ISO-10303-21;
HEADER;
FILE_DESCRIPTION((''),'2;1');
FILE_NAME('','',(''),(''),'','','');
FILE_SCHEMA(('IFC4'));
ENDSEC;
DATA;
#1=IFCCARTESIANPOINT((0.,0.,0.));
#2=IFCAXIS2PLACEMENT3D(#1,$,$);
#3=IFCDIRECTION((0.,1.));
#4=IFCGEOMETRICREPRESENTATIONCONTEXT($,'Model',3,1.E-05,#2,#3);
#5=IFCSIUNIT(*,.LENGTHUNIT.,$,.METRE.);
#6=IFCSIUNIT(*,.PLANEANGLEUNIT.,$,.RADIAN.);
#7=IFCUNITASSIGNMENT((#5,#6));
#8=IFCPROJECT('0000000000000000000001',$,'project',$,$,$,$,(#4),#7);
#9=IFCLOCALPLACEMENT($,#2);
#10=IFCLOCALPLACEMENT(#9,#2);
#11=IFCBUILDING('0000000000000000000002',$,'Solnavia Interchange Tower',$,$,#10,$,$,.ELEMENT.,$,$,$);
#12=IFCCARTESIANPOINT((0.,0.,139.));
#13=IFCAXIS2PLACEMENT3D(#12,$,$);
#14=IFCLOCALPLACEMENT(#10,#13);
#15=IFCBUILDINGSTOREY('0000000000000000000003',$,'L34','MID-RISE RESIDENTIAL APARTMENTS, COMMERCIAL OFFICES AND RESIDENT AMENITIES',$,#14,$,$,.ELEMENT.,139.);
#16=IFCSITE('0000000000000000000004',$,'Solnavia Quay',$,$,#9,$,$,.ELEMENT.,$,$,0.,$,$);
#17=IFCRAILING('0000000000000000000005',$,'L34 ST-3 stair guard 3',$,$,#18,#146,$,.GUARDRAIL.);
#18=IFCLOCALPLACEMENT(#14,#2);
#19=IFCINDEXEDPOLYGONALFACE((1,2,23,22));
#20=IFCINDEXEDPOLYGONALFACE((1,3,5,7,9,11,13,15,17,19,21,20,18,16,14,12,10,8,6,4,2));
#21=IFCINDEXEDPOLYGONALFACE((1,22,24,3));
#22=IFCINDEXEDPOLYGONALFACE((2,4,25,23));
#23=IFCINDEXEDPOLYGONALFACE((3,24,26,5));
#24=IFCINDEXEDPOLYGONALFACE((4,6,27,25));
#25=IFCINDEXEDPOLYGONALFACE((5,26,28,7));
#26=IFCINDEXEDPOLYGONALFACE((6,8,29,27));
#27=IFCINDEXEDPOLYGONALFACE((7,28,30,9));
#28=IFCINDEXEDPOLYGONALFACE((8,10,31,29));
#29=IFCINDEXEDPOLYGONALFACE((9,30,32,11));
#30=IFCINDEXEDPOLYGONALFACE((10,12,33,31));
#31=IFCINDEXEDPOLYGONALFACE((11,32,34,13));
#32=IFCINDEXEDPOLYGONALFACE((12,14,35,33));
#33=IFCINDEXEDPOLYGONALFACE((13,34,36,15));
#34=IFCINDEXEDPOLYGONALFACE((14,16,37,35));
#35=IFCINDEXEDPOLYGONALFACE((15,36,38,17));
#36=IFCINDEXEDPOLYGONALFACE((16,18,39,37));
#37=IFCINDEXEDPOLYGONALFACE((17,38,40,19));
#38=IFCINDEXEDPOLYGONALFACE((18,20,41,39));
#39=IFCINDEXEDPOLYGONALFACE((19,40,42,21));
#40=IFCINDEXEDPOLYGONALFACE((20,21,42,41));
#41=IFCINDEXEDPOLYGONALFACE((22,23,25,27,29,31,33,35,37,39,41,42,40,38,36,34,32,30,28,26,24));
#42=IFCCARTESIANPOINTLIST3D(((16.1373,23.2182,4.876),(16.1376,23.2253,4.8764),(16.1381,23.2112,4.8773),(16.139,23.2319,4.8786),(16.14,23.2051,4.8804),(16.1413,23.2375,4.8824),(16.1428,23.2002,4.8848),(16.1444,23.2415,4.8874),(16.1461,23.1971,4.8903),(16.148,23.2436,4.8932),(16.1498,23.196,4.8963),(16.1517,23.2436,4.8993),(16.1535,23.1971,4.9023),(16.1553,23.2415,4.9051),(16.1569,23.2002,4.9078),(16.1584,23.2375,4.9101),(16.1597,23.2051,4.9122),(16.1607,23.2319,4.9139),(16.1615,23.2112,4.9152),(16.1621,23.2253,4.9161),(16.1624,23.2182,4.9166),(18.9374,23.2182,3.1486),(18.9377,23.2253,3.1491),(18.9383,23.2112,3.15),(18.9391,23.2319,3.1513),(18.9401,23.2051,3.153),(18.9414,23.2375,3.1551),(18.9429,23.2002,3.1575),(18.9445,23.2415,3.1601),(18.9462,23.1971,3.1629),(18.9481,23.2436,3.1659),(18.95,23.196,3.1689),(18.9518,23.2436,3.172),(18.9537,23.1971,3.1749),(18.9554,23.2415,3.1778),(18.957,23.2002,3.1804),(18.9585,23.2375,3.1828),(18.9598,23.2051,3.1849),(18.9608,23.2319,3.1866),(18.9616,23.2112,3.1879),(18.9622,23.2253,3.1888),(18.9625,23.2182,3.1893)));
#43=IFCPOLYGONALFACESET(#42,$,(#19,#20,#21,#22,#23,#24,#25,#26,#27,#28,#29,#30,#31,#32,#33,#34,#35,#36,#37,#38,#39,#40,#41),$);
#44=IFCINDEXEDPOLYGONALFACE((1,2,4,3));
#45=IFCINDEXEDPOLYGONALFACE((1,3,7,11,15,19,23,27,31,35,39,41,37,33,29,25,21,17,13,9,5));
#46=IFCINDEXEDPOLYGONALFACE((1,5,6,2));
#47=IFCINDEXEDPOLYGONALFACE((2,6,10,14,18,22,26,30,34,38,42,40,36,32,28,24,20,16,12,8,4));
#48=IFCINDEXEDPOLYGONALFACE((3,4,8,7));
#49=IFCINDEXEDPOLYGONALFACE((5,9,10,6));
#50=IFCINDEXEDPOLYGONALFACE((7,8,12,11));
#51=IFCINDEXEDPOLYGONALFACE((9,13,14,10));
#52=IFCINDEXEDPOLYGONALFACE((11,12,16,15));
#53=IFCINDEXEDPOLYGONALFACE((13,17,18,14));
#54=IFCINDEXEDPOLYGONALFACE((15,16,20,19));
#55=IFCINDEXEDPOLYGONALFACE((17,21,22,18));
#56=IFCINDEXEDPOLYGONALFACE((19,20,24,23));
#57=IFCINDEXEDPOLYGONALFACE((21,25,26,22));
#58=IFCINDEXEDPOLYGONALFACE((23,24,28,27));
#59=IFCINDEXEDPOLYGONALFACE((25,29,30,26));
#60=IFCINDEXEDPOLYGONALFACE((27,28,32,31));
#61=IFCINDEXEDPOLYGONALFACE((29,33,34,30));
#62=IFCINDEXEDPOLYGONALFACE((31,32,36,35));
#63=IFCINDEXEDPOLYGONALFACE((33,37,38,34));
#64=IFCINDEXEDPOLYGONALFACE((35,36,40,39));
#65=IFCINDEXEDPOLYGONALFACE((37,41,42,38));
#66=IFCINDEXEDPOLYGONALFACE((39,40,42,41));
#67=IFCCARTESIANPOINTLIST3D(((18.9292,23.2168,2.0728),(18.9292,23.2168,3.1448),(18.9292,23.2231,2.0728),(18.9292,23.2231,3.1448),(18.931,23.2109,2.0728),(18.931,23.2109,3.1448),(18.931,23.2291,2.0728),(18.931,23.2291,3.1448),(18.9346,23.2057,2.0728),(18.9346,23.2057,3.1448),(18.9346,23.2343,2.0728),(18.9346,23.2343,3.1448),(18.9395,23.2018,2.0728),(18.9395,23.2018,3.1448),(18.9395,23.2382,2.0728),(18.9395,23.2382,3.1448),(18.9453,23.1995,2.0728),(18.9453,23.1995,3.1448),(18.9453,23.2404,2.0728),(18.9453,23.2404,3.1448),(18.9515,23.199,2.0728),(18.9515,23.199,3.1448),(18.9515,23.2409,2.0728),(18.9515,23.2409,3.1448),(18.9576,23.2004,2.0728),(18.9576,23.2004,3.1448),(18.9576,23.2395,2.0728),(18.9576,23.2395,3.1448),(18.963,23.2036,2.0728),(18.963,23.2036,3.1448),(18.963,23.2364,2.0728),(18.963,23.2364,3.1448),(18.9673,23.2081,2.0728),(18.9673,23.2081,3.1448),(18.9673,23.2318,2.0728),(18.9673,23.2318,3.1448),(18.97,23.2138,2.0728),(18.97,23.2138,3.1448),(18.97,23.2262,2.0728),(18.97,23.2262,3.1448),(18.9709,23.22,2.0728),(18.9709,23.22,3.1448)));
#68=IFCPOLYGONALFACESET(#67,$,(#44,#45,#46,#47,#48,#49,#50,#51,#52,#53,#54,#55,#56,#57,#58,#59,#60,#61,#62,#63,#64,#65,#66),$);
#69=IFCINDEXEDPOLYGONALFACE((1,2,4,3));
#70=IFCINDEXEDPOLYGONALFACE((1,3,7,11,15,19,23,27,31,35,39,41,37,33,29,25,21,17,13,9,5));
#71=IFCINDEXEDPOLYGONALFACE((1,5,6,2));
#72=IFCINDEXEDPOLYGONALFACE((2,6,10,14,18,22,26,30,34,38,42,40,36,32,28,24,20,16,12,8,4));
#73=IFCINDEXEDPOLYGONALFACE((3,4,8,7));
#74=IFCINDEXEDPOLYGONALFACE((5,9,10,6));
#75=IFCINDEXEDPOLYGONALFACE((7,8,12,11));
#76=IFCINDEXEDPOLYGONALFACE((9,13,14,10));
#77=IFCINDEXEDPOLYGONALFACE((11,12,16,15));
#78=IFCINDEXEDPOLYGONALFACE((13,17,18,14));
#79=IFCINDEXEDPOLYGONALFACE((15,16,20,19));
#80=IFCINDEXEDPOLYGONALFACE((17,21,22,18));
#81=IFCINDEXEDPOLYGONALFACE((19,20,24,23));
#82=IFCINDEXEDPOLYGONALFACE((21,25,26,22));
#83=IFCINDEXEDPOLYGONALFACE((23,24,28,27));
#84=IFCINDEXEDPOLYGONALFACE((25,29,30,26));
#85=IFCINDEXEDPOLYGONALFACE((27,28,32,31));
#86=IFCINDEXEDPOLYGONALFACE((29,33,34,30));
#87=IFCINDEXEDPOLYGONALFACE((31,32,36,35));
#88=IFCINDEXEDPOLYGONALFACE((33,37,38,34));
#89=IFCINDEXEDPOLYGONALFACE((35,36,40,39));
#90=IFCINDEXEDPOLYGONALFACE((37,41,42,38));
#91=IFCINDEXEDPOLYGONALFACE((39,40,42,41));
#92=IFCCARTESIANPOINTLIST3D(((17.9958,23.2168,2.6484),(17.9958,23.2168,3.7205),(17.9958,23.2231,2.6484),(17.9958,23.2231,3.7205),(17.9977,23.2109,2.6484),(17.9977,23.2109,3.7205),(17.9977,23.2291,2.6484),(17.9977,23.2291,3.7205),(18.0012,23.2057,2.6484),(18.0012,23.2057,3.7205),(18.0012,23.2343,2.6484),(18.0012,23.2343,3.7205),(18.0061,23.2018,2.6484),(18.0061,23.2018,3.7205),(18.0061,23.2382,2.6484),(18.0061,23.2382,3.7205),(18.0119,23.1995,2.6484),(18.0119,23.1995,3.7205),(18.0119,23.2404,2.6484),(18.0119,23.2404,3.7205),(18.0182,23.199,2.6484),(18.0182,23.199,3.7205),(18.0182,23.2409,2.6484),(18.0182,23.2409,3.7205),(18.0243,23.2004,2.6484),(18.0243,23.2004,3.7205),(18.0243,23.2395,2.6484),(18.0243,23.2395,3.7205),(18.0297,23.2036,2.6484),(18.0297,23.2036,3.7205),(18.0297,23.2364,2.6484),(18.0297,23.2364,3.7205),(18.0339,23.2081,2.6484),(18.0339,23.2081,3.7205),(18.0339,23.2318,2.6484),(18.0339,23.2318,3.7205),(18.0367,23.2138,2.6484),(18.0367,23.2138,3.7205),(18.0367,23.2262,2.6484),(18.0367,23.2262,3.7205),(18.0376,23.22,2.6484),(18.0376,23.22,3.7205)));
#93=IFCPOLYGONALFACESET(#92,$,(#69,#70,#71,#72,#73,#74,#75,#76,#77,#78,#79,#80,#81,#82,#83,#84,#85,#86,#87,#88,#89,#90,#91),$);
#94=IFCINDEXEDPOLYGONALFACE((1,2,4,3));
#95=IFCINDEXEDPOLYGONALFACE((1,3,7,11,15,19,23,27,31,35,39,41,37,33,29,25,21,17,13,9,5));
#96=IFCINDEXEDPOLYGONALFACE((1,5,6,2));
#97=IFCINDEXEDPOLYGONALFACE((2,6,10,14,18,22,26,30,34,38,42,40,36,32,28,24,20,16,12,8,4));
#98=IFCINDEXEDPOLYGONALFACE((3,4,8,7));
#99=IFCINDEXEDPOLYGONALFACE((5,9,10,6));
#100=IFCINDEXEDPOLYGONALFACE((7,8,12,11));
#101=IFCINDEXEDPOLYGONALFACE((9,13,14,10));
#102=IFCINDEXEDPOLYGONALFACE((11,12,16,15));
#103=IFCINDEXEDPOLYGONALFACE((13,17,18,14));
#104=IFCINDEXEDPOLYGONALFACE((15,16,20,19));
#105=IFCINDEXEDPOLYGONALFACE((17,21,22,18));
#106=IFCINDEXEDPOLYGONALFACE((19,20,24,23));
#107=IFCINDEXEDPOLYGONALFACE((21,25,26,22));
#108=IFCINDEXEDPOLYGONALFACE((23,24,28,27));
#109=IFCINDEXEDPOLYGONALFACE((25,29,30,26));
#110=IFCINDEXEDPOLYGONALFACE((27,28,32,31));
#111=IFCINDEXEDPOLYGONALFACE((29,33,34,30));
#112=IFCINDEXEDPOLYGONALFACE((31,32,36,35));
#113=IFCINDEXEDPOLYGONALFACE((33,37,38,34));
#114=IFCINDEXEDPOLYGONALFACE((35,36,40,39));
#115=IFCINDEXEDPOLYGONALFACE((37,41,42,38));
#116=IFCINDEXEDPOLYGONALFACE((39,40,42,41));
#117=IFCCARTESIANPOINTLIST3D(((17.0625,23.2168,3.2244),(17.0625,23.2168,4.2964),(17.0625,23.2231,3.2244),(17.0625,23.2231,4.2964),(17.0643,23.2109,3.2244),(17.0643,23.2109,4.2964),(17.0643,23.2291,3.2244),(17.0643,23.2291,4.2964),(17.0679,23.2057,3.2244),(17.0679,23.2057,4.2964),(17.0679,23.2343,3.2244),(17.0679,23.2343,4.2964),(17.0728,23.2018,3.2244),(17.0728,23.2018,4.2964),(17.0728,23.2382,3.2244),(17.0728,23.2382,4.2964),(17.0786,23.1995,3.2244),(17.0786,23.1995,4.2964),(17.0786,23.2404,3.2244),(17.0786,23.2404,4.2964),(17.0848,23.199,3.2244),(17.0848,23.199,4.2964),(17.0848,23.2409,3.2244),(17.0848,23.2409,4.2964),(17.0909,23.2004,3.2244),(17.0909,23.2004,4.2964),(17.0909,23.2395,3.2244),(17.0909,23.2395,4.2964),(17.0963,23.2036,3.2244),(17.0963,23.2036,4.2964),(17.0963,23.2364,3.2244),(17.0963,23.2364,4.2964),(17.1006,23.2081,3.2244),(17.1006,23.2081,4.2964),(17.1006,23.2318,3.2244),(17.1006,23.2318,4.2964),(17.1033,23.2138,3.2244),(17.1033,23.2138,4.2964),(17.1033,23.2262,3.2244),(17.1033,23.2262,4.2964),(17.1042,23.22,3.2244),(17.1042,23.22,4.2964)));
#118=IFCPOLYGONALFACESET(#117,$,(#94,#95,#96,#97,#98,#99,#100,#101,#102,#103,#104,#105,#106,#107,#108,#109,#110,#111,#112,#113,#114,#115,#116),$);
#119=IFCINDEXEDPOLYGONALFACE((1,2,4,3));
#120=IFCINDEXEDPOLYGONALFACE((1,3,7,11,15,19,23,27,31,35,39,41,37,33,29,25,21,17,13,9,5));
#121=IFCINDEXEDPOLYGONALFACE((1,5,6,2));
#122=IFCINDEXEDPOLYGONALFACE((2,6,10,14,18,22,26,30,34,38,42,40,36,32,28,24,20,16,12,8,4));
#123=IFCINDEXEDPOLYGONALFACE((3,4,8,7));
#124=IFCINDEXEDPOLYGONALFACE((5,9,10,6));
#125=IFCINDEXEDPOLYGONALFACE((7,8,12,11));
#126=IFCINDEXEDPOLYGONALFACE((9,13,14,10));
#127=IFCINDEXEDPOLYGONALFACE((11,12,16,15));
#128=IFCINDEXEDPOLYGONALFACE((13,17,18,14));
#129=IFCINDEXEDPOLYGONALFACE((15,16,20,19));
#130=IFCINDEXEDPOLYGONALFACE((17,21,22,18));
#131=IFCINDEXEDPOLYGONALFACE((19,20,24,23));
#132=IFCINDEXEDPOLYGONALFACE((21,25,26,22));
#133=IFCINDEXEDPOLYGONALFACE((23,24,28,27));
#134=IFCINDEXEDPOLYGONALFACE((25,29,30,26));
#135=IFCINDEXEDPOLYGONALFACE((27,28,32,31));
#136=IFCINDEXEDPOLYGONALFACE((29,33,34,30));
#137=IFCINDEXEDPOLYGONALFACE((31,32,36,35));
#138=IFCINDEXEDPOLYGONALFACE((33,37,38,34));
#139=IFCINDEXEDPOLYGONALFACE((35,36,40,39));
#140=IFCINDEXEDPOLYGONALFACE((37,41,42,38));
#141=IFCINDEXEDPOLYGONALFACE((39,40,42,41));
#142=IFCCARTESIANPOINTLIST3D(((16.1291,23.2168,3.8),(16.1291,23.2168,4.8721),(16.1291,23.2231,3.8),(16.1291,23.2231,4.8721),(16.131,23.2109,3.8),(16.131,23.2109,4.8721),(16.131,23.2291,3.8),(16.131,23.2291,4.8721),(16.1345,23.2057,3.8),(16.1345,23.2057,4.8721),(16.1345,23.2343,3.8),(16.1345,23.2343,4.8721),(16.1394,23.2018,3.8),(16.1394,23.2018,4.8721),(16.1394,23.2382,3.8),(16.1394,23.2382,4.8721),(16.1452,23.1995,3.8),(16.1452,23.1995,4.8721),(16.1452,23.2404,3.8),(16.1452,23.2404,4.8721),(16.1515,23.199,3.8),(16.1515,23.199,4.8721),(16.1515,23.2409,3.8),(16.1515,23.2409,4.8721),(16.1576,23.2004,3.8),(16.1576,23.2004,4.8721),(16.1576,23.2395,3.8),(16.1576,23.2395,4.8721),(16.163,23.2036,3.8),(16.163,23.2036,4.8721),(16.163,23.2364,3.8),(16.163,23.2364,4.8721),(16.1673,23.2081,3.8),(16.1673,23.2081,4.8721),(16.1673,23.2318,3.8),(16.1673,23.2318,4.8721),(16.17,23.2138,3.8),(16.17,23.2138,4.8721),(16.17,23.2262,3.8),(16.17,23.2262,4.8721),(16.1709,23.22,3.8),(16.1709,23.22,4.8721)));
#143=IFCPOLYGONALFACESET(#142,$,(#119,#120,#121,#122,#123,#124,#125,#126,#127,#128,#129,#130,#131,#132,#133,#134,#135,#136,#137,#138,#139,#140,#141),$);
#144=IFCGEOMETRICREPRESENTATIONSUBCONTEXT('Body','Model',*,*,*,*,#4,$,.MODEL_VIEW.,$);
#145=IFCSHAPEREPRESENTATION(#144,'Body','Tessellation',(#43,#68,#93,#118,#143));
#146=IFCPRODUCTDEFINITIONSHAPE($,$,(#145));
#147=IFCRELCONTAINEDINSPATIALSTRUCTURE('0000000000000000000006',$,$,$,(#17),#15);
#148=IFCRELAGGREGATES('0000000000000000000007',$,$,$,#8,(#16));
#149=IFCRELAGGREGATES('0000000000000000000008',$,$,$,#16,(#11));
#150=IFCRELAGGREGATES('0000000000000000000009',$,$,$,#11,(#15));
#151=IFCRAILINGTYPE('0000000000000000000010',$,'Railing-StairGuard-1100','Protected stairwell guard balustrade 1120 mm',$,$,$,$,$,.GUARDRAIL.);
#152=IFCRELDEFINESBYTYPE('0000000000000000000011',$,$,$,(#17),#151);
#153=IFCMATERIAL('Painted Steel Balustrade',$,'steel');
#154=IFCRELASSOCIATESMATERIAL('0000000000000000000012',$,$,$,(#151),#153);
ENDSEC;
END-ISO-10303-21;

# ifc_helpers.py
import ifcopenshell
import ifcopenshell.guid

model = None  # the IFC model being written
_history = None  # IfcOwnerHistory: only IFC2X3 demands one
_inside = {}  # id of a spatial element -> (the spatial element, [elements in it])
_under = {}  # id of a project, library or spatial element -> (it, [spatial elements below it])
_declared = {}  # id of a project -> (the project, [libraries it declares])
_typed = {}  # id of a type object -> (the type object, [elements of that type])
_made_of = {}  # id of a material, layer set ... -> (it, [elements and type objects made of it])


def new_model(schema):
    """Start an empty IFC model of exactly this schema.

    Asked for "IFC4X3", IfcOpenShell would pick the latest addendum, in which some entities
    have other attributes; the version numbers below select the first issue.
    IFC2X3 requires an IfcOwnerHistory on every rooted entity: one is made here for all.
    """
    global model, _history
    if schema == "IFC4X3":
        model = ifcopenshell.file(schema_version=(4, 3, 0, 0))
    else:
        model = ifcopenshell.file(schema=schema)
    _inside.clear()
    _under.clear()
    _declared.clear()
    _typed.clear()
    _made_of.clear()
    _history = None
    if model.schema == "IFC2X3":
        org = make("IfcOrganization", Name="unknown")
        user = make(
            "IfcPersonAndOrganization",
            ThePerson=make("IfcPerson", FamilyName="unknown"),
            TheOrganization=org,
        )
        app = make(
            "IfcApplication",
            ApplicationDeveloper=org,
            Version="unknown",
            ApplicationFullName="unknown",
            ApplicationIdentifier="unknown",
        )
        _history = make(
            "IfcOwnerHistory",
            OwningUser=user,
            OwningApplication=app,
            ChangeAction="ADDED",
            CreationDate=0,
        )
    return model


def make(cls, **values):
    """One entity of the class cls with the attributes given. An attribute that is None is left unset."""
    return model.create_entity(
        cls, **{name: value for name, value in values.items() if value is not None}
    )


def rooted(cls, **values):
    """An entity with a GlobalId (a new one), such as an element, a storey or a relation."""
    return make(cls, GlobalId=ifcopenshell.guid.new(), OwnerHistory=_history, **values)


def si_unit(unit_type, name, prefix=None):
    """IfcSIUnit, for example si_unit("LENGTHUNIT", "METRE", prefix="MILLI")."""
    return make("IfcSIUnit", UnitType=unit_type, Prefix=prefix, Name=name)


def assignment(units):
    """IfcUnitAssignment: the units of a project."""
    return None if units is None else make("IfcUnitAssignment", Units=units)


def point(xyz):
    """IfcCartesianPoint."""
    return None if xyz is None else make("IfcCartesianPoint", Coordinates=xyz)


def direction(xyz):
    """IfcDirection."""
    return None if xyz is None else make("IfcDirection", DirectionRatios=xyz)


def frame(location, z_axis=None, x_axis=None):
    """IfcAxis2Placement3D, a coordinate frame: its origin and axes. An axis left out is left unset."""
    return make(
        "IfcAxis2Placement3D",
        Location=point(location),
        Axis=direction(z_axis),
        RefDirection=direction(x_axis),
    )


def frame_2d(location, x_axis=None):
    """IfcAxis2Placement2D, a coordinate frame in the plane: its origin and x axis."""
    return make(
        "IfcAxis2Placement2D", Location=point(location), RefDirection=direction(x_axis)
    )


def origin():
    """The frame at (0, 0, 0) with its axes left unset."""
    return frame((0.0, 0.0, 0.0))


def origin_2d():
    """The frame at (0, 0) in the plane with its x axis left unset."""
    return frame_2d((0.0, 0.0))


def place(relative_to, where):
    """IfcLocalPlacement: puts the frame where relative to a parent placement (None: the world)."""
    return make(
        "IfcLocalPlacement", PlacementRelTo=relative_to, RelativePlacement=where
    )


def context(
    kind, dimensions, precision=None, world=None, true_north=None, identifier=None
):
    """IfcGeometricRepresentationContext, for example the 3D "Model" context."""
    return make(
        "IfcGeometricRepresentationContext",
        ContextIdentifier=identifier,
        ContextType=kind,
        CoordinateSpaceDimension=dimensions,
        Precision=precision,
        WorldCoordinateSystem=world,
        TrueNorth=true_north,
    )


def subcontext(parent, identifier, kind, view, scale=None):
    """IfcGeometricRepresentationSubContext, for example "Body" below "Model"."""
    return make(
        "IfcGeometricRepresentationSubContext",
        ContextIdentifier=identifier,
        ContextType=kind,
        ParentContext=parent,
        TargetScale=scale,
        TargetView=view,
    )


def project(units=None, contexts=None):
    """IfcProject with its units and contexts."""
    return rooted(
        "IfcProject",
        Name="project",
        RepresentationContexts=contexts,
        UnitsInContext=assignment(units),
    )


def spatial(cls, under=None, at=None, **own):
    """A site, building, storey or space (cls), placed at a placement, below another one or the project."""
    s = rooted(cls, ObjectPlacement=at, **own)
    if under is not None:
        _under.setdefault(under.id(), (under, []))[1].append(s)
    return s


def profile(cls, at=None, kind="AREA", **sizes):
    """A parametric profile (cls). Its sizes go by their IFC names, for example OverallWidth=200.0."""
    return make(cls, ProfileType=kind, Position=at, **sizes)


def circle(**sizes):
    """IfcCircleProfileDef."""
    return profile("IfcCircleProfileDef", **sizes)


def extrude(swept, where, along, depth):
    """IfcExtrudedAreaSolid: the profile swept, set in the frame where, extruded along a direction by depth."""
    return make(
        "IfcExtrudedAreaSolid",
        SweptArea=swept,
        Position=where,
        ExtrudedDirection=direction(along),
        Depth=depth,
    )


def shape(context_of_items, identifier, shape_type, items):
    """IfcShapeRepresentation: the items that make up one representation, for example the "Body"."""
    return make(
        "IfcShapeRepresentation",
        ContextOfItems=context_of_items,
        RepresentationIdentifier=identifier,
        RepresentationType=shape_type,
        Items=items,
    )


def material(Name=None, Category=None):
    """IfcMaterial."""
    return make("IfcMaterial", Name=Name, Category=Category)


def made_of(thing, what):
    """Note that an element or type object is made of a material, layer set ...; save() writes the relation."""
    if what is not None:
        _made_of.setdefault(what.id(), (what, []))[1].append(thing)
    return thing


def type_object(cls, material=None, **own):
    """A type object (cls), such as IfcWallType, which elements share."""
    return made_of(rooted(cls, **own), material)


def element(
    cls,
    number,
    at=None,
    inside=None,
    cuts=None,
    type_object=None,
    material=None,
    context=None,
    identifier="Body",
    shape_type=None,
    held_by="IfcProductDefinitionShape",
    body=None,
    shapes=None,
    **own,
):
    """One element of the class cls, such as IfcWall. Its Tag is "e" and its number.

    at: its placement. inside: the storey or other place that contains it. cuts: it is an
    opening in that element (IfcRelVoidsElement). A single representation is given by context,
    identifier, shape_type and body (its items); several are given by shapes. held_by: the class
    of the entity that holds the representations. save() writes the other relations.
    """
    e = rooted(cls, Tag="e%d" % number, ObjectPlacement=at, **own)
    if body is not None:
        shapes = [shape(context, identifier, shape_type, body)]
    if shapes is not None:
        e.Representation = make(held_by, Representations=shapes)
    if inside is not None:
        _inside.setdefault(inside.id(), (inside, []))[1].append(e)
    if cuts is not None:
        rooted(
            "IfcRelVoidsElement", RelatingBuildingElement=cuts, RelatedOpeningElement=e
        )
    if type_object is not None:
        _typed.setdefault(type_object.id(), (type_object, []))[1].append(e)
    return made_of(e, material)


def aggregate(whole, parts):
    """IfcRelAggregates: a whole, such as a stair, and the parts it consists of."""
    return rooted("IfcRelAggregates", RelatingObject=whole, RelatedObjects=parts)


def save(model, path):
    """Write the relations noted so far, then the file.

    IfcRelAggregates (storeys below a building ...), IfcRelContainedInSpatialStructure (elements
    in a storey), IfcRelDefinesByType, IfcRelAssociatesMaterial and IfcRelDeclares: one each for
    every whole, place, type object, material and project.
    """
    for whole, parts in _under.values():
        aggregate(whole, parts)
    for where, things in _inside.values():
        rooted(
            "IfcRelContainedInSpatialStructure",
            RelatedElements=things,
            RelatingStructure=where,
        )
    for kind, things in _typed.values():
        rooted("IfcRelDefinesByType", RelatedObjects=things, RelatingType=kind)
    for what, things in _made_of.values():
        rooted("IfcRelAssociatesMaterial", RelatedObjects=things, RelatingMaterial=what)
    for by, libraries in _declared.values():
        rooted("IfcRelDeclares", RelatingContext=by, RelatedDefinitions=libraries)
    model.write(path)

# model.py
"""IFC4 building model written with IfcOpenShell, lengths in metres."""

from ifc_helpers import new_model, si_unit, direction, frame, origin, origin_2d, place, context, subcontext, project, spatial, circle, extrude, material, type_object, element, save


model = new_model("IFC4")

# Units and contexts
model_context = context("Model", 3, precision=1e-05, world=origin(), true_north=direction((0.0, 1.0)))
body_context = subcontext(model_context, "Body", "Model", "MODEL_VIEW")
ifc_project = project(units=[si_unit("LENGTHUNIT", "METRE"), si_unit("PLANEANGLEUNIT", "RADIAN")], contexts=[model_context])

# Site, building, storey
site_placement = place(None, origin())
site = spatial("IfcSite", under=ifc_project, at=site_placement, Name="Solnavia Quay", CompositionType="ELEMENT", RefElevation=0.0)
building_placement = place(site_placement, origin())
building = spatial("IfcBuilding", under=site, at=building_placement, Name="Solnavia Interchange Tower", CompositionType="ELEMENT")
storey_placement = place(building_placement, frame((0.0, 0.0, 139.0)))
storey = spatial("IfcBuildingStorey", under=building, at=storey_placement, Name="L34", Description="MID-RISE RESIDENTIAL APARTMENTS, COMMERCIAL OFFICES AND RESIDENT AMENITIES", CompositionType="ELEMENT", Elevation=139.0)

# Railing
ifc_material_1 = material(Name="Painted Steel Balustrade", Category="steel")
railing_type_1 = type_object("IfcRailingType", Name="Railing-StairGuard-1100", Description="Protected stairwell guard balustrade 1120 mm", PredefinedType="GUARDRAIL", material=ifc_material_1)
railing_1_placement = place(storey_placement, frame((18.95, 23.22, 2.0728)))
element("IfcRailing", 1, at=railing_1_placement, inside=storey, type_object=railing_type_1, Name="L34 ST-3 stair guard 3", PredefinedType="GUARDRAIL", context=body_context, shape_type="SweptSolid", body=[
    extrude(circle(Radius=0.0239, at=origin_2d()), frame((0.0, 0.0, 1.0962), z_axis=(-0.85109, 0.0, 0.52502), x_axis=(0.0, -1.0, 0.0)), (0.0, 0.0, 1.0), 3.29),
    extrude(circle(Radius=0.021, at=origin_2d()), origin(), (0.0, 0.0, 1.0), 1.072),
    extrude(circle(Radius=0.021, at=origin_2d()), frame((-0.9333, 0.0, 0.5757)), (0.0, 0.0, 1.0), 1.072),
    extrude(circle(Radius=0.021, at=origin_2d()), frame((-1.8667, 0.0, 1.1516)), (0.0, 0.0, 1.0), 1.072),
    extrude(circle(Radius=0.021, at=origin_2d()), frame((-2.8, 0.0, 1.7273)), (0.0, 0.0, 1.0), 1.072),
])

save(model, "model.ifc")
